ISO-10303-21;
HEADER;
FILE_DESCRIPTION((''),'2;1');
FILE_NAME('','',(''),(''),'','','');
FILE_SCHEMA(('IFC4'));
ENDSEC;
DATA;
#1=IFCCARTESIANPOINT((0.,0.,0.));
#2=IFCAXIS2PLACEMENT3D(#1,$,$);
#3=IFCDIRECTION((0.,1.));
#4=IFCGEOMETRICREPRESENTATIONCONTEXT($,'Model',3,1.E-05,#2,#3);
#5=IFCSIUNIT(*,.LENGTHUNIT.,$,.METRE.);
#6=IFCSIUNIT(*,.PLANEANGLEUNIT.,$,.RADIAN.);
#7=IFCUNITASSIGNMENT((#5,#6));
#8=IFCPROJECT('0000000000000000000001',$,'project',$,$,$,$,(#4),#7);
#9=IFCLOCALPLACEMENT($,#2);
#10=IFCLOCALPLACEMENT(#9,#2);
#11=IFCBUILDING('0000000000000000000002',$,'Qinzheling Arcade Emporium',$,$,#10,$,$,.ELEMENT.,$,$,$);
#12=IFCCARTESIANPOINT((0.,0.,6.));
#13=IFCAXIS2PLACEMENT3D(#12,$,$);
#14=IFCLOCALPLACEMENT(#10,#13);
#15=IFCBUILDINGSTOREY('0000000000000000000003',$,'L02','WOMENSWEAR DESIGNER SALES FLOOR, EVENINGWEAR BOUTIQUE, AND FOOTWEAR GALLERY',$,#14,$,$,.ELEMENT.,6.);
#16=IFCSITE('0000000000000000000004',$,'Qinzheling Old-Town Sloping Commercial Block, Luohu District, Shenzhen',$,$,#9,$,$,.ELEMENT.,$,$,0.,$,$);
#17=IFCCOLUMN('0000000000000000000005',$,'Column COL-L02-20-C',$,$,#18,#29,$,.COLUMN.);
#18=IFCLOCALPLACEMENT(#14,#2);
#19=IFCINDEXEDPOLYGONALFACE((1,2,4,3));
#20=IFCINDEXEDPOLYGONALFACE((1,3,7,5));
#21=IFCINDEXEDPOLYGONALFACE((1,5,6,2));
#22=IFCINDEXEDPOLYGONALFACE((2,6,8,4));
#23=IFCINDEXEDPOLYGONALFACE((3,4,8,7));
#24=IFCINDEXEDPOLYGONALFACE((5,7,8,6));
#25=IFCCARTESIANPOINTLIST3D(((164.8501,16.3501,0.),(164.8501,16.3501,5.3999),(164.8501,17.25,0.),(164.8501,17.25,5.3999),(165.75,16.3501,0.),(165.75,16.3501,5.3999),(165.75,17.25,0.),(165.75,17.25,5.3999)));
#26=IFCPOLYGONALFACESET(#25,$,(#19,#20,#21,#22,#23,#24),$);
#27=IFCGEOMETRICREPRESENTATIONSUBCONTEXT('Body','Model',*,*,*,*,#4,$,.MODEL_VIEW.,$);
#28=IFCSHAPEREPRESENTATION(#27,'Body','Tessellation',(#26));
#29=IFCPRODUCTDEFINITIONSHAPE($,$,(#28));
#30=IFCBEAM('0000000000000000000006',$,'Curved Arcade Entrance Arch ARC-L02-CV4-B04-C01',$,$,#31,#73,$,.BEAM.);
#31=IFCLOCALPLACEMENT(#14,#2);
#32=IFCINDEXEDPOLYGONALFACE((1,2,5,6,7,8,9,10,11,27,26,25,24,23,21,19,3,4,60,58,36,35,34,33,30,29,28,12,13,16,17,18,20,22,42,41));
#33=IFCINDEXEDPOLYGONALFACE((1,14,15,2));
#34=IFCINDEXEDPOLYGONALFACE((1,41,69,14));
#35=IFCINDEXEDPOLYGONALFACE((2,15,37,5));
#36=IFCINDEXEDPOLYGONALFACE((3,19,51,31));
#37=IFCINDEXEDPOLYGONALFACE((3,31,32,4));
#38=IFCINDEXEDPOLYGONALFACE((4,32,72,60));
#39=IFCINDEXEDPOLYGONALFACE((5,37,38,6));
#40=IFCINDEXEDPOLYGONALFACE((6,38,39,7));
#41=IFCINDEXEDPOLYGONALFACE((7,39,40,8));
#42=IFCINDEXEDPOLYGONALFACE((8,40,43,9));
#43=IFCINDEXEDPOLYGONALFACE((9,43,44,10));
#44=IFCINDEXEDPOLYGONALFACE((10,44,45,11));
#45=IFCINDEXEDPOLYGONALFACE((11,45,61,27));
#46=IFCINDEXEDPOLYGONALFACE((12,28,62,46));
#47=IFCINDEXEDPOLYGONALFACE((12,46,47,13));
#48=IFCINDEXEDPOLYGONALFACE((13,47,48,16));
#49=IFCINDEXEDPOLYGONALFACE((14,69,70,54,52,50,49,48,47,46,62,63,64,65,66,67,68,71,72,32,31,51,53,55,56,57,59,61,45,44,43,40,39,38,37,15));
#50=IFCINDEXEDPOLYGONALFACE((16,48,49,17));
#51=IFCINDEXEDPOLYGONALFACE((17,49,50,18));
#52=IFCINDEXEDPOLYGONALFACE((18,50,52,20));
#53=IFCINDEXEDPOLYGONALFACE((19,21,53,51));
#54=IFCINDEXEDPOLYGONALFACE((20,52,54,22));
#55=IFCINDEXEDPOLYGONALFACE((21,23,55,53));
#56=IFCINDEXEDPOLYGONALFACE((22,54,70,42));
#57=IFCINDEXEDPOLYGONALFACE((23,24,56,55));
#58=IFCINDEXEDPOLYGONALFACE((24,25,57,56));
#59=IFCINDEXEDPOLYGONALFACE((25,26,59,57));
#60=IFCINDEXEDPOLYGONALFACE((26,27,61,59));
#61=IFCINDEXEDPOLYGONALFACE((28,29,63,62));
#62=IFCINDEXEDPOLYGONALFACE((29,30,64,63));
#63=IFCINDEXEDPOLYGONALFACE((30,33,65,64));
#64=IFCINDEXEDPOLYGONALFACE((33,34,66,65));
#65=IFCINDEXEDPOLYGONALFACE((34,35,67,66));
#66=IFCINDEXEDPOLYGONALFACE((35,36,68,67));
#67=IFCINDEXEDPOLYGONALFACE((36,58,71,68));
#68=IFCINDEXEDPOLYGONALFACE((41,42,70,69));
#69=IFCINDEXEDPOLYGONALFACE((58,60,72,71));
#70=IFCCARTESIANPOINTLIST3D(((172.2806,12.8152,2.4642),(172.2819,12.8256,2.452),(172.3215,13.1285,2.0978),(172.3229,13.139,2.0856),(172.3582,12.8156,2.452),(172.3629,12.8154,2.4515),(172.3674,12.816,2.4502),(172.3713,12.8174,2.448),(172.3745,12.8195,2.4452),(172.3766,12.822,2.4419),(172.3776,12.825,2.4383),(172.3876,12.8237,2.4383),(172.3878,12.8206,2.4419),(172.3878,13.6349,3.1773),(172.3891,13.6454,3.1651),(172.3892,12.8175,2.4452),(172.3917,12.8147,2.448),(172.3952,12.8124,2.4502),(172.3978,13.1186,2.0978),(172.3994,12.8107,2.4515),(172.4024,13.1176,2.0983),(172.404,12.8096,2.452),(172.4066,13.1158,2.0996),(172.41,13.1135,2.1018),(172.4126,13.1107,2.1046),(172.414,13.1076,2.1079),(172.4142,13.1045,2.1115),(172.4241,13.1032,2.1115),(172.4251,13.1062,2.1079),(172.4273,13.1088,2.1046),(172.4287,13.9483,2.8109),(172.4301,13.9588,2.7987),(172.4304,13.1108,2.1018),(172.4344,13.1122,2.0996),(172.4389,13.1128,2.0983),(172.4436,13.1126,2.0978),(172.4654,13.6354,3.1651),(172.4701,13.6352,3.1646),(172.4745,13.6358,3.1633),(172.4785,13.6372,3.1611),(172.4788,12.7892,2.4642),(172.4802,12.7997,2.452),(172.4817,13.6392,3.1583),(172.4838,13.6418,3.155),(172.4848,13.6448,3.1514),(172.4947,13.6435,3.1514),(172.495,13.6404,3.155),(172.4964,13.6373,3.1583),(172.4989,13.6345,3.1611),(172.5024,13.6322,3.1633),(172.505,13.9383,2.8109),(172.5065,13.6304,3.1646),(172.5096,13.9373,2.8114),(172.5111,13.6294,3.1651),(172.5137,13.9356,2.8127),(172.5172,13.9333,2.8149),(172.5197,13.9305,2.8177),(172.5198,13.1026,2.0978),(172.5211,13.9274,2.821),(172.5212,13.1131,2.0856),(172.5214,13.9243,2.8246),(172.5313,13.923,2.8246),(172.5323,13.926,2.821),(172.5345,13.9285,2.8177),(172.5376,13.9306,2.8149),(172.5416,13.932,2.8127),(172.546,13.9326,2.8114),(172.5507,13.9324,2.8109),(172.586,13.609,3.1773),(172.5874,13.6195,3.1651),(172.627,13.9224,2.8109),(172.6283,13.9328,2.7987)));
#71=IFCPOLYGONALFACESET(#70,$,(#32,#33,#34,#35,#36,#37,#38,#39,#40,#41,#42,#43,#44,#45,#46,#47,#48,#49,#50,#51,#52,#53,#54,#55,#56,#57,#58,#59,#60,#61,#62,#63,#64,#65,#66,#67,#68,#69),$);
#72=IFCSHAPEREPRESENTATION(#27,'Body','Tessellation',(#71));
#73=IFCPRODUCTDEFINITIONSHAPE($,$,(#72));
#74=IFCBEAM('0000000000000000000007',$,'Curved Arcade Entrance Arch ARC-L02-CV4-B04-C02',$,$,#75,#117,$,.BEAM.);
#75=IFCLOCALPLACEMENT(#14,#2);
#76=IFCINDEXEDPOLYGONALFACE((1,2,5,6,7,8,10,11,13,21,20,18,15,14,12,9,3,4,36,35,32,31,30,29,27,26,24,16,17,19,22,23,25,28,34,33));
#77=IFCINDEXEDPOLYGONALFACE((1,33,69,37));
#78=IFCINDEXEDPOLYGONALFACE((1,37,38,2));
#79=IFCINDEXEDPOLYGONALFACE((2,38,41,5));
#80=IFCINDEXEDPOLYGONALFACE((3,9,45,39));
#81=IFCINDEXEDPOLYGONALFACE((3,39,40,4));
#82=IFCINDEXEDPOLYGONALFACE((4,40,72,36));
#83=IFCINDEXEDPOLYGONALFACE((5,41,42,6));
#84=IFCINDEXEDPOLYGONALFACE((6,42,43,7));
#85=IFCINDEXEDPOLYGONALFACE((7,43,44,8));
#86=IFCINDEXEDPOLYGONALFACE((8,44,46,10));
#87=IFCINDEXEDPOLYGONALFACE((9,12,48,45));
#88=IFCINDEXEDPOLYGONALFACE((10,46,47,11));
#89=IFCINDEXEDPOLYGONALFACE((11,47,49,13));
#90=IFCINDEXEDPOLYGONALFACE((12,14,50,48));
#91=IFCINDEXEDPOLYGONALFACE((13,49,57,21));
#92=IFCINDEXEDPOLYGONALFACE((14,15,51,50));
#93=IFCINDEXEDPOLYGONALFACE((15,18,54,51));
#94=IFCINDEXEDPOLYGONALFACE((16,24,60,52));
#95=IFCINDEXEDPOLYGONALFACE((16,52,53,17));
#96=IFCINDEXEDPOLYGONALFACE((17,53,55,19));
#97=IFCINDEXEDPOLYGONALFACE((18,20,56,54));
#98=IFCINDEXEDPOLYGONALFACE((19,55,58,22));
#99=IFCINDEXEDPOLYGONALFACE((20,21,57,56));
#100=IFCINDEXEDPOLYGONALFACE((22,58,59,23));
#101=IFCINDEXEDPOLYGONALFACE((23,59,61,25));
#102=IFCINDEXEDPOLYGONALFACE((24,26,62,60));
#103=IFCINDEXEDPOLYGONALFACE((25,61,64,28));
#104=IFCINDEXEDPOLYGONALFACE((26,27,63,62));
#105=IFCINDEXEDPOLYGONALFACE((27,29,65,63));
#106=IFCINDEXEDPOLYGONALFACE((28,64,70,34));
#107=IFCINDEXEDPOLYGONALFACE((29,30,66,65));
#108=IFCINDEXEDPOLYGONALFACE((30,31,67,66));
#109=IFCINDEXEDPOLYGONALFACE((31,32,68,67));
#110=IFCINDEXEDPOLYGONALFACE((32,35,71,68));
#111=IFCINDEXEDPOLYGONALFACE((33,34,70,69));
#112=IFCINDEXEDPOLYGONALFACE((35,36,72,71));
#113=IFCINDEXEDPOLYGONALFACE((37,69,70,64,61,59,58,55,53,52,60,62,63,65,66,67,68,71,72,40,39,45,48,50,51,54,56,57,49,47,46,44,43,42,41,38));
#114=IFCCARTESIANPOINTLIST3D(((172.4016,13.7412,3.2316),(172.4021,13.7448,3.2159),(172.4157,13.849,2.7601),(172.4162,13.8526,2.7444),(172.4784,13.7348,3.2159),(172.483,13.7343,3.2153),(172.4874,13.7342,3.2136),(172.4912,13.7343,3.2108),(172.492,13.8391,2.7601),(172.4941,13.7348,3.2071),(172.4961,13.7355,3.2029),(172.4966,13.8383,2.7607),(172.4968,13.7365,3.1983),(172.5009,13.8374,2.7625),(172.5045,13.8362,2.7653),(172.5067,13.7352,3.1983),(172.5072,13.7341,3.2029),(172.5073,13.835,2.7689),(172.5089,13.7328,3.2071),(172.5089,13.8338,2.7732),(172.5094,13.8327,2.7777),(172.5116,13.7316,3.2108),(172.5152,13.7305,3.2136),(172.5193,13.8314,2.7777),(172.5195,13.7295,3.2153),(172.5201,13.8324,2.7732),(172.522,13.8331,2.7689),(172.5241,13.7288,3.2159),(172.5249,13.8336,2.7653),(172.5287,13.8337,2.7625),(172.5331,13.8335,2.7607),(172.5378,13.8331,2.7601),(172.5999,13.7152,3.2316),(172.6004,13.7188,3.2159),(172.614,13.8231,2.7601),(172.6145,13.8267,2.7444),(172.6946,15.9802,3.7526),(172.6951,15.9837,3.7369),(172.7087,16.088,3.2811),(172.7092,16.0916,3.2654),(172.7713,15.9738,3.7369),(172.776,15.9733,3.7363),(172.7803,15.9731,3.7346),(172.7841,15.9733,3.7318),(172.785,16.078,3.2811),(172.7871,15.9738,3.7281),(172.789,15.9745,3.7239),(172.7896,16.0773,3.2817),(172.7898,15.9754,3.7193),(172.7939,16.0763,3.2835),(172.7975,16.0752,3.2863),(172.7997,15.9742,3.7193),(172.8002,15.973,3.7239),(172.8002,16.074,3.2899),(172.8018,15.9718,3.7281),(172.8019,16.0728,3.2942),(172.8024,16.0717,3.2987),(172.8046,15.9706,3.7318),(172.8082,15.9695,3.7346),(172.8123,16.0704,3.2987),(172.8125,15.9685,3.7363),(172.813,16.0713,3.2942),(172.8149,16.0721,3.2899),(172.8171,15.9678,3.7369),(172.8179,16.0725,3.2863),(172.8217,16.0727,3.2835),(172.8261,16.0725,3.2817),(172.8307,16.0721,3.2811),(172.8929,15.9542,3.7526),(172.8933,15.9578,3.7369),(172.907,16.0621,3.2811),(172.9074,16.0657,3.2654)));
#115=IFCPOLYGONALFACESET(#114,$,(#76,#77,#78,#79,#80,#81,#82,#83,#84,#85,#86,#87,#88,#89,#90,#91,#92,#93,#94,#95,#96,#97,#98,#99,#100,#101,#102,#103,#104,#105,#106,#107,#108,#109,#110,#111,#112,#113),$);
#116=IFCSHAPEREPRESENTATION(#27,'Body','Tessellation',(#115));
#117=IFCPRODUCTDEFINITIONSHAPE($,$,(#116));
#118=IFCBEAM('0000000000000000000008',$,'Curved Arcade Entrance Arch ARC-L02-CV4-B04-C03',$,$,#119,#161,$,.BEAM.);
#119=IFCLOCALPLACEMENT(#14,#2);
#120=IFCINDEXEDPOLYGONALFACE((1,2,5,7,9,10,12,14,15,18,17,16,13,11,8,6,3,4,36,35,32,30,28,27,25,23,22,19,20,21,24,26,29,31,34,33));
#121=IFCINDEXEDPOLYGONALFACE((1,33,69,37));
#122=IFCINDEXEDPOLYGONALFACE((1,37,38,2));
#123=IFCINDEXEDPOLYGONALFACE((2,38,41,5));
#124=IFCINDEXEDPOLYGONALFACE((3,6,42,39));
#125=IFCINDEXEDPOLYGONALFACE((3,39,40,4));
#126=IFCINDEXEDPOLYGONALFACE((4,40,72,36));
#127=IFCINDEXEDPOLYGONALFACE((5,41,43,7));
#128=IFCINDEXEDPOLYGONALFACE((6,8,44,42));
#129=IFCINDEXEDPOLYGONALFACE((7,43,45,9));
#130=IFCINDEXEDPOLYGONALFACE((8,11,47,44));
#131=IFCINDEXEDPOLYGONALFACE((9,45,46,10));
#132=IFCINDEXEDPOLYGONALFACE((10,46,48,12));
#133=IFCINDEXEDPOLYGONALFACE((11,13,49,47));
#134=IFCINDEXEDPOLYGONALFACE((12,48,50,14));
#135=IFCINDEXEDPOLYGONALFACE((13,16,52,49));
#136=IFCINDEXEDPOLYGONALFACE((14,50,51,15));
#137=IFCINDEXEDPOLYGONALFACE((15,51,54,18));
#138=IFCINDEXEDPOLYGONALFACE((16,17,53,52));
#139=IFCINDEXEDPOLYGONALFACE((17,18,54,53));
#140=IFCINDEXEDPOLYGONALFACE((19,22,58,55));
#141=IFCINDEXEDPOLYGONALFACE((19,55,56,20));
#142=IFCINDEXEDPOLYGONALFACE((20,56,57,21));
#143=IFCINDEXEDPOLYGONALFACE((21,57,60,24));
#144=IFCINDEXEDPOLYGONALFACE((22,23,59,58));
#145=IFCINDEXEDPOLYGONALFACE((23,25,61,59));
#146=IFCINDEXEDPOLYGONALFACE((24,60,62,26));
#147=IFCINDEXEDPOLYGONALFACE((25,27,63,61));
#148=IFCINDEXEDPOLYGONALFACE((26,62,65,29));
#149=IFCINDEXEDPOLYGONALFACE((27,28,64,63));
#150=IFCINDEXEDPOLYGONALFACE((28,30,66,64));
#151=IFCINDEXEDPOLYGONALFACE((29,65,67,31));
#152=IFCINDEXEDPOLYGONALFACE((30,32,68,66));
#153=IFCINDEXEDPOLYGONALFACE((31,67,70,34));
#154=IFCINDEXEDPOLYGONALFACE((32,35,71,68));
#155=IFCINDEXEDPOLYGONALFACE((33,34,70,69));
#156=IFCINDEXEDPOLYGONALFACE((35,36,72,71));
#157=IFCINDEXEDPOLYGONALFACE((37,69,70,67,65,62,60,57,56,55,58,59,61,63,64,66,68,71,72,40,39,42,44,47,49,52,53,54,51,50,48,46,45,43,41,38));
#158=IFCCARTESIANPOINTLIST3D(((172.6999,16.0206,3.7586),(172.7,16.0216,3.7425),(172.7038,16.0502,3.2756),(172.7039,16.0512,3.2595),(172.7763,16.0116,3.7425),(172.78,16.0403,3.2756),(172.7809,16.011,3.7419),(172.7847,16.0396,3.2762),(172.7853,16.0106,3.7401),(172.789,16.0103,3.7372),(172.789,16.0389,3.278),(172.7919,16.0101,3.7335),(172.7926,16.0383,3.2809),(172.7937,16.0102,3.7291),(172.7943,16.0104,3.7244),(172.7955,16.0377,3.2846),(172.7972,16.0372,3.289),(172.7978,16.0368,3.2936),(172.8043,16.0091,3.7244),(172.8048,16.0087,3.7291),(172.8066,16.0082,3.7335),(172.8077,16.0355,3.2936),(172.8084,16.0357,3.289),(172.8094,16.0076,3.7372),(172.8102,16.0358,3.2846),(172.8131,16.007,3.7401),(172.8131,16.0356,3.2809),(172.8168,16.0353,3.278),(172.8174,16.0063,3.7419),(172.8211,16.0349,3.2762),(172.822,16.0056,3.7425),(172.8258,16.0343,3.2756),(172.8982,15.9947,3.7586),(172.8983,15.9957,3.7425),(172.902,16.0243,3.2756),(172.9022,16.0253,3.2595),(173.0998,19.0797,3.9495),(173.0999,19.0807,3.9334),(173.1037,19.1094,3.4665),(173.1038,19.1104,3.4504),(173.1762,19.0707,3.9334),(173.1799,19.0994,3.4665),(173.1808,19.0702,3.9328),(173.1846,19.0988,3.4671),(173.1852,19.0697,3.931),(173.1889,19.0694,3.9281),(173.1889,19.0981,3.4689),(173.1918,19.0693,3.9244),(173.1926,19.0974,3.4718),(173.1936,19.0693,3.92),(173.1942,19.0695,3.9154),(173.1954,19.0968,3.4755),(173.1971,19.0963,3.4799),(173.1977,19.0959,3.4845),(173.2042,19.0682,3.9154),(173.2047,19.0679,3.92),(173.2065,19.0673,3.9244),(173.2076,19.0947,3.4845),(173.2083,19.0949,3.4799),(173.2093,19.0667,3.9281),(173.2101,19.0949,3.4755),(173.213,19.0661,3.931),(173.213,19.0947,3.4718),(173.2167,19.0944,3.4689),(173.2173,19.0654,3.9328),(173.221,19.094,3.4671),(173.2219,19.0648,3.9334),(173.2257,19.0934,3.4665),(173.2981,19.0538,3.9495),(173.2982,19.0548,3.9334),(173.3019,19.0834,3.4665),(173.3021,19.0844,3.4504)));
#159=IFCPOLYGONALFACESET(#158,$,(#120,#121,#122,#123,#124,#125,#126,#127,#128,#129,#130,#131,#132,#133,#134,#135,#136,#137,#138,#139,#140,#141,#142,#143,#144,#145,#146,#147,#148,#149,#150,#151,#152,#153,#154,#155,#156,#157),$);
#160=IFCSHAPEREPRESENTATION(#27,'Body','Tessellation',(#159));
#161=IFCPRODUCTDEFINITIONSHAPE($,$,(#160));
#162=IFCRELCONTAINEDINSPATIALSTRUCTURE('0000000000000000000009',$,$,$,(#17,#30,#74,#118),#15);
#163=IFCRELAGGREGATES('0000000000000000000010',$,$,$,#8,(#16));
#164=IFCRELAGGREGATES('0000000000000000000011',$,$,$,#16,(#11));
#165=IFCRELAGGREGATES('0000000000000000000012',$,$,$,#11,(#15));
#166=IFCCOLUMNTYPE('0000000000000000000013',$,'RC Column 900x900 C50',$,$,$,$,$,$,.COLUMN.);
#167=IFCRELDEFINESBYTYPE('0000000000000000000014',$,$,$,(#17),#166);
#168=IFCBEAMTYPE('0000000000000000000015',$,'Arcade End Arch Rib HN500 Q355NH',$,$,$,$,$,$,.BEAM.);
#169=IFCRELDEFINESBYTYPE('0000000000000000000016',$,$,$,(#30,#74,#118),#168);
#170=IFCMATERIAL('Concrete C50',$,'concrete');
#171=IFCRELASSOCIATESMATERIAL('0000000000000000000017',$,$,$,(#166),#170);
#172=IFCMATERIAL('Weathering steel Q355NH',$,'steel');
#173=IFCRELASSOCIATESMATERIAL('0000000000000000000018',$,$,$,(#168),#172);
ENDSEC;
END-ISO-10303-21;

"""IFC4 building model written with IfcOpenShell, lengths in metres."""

from ifc_helpers import new_model, si_unit, direction, frame, origin, origin_2d, place, context, subcontext, project, spatial, rectangle, i_section, extrude, material, material_profile, profile_set, type_object, element, save


model = new_model("IFC4")

# Units and contexts
model_context = context("Model", 3, precision=1e-05, world=origin(), true_north=direction((0.0, 1.0)))
body_context = subcontext(model_context, "Body", "Model", "MODEL_VIEW")
ifc_project = project(units=[si_unit("LENGTHUNIT", "METRE"), si_unit("PLANEANGLEUNIT", "RADIAN")], contexts=[model_context])

# Site, building, storey
site_placement = place(None, origin())
site = spatial("IfcSite", under=ifc_project, at=site_placement, Name="Qinzheling Old-Town Sloping Commercial Block, Luohu District, Shenzhen", CompositionType="ELEMENT", RefElevation=0.0)
building_placement = place(site_placement, origin())
building = spatial("IfcBuilding", under=site, at=building_placement, Name="Qinzheling Arcade Emporium", CompositionType="ELEMENT")
storey_placement = place(building_placement, frame((0.0, 0.0, 6.0)))
storey = spatial("IfcBuildingStorey", under=building, at=storey_placement, Name="L02", Description="WOMENSWEAR DESIGNER SALES FLOOR, EVENINGWEAR BOUTIQUE, AND FOOTWEAR GALLERY", CompositionType="ELEMENT", Elevation=6.0)

# Column
ifc_material_1 = material(Name="Concrete C50", Category="concrete")
ifc_material_profile_1 = material_profile(ifc_material_1, rectangle(XDim=0.8999, YDim=0.8999, at=origin_2d()), Name="RC 900x900", Category="concrete")
ifc_profile_set_1 = profile_set([ifc_material_profile_1], Name="Concrete C50")
column_type = type_object("IfcColumnType", Name="RC Column 900x900 C50", PredefinedType="COLUMN", material=ifc_profile_set_1)
column_placement = place(storey_placement, frame((165.3, 16.8, 0.0), z_axis=(0.0, 0.0, 1.0), x_axis=(1.0, 0.0, 0.0)))
element("IfcColumn", 1, at=column_placement, inside=storey, type_object=column_type, Name="Column COL-L02-20-C", PredefinedType="COLUMN", context=body_context, shape_type="SweptSolid", body=[
    extrude(rectangle(XDim=0.8999, YDim=0.8999, at=origin_2d()), origin(), (0.0, 0.0, 1.0), 5.3999),
])

# Beams
ifc_material_2 = material(Name="Weathering steel Q355NH", Category="steel")
ifc_material_profile_2 = material_profile(ifc_material_2, i_section(OverallWidth=0.2, OverallDepth=0.5, WebThickness=0.01, FlangeThickness=0.0161, FilletRadius=0.0181, at=origin_2d()), Name="HN 500x200x10x16", Category="steel")
ifc_profile_set_2 = profile_set([ifc_material_profile_2], Name="Weathering steel Q355NH")
beam_type_1 = type_object("IfcBeamType", Name="Arcade End Arch Rib HN500 Q355NH", PredefinedType="BEAM", material=ifc_profile_set_2)
beam_1_placement = place(storey_placement, frame((172.4009, 12.9641, 2.2749), z_axis=(0.098161, 0.75085, 0.653137), x_axis=(-0.991562, 0.12963, 0.0)))
element("IfcBeam", 2, at=beam_1_placement, inside=storey, type_object=beam_type_1, Name="Curved Arcade Entrance Arch ARC-L02-CV4-B04-C01", PredefinedType="BEAM", context=body_context, shape_type="SweptSolid", body=[
    extrude(i_section(OverallWidth=0.2, OverallDepth=0.5, WebThickness=0.01, FlangeThickness=0.0161, FilletRadius=0.0181, at=origin_2d()), origin(), (0.0, 0.0, 1.0), 1.0918),
])
beam_2_placement = place(storey_placement, frame((172.5081, 13.7839, 2.988), z_axis=(0.12642, 0.966165, 0.224817), x_axis=(-0.991548, 0.129741, 0.0)))
element("IfcBeam", 3, at=beam_2_placement, inside=storey, type_object=beam_type_1, Name="Curved Arcade Entrance Arch ARC-L02-CV4-B04-C02", PredefinedType="BEAM", context=body_context, shape_type="SweptSolid", body=[
    extrude(i_section(OverallWidth=0.2, OverallDepth=0.5, WebThickness=0.01, FlangeThickness=0.0161, FilletRadius=0.0181, at=origin_2d()), origin(), (0.0, 0.0, 1.0), 2.3174),
])
beam_3_placement = place(storey_placement, frame((172.801, 16.0229, 3.509), z_axis=(0.129376, 0.98967, 0.061766), x_axis=(-0.991563, 0.129623, 0.0)))
element("IfcBeam", 4, at=beam_3_placement, inside=storey, type_object=beam_type_1, Name="Curved Arcade Entrance Arch ARC-L02-CV4-B04-C03", PredefinedType="BEAM", context=body_context, shape_type="SweptSolid", body=[
    extrude(i_section(OverallWidth=0.2, OverallDepth=0.5, WebThickness=0.01, FlangeThickness=0.0161, FilletRadius=0.0181, at=origin_2d()), origin(), (0.0, 0.0, 1.0), 3.0911),
])

save(model, "model.ifc")
